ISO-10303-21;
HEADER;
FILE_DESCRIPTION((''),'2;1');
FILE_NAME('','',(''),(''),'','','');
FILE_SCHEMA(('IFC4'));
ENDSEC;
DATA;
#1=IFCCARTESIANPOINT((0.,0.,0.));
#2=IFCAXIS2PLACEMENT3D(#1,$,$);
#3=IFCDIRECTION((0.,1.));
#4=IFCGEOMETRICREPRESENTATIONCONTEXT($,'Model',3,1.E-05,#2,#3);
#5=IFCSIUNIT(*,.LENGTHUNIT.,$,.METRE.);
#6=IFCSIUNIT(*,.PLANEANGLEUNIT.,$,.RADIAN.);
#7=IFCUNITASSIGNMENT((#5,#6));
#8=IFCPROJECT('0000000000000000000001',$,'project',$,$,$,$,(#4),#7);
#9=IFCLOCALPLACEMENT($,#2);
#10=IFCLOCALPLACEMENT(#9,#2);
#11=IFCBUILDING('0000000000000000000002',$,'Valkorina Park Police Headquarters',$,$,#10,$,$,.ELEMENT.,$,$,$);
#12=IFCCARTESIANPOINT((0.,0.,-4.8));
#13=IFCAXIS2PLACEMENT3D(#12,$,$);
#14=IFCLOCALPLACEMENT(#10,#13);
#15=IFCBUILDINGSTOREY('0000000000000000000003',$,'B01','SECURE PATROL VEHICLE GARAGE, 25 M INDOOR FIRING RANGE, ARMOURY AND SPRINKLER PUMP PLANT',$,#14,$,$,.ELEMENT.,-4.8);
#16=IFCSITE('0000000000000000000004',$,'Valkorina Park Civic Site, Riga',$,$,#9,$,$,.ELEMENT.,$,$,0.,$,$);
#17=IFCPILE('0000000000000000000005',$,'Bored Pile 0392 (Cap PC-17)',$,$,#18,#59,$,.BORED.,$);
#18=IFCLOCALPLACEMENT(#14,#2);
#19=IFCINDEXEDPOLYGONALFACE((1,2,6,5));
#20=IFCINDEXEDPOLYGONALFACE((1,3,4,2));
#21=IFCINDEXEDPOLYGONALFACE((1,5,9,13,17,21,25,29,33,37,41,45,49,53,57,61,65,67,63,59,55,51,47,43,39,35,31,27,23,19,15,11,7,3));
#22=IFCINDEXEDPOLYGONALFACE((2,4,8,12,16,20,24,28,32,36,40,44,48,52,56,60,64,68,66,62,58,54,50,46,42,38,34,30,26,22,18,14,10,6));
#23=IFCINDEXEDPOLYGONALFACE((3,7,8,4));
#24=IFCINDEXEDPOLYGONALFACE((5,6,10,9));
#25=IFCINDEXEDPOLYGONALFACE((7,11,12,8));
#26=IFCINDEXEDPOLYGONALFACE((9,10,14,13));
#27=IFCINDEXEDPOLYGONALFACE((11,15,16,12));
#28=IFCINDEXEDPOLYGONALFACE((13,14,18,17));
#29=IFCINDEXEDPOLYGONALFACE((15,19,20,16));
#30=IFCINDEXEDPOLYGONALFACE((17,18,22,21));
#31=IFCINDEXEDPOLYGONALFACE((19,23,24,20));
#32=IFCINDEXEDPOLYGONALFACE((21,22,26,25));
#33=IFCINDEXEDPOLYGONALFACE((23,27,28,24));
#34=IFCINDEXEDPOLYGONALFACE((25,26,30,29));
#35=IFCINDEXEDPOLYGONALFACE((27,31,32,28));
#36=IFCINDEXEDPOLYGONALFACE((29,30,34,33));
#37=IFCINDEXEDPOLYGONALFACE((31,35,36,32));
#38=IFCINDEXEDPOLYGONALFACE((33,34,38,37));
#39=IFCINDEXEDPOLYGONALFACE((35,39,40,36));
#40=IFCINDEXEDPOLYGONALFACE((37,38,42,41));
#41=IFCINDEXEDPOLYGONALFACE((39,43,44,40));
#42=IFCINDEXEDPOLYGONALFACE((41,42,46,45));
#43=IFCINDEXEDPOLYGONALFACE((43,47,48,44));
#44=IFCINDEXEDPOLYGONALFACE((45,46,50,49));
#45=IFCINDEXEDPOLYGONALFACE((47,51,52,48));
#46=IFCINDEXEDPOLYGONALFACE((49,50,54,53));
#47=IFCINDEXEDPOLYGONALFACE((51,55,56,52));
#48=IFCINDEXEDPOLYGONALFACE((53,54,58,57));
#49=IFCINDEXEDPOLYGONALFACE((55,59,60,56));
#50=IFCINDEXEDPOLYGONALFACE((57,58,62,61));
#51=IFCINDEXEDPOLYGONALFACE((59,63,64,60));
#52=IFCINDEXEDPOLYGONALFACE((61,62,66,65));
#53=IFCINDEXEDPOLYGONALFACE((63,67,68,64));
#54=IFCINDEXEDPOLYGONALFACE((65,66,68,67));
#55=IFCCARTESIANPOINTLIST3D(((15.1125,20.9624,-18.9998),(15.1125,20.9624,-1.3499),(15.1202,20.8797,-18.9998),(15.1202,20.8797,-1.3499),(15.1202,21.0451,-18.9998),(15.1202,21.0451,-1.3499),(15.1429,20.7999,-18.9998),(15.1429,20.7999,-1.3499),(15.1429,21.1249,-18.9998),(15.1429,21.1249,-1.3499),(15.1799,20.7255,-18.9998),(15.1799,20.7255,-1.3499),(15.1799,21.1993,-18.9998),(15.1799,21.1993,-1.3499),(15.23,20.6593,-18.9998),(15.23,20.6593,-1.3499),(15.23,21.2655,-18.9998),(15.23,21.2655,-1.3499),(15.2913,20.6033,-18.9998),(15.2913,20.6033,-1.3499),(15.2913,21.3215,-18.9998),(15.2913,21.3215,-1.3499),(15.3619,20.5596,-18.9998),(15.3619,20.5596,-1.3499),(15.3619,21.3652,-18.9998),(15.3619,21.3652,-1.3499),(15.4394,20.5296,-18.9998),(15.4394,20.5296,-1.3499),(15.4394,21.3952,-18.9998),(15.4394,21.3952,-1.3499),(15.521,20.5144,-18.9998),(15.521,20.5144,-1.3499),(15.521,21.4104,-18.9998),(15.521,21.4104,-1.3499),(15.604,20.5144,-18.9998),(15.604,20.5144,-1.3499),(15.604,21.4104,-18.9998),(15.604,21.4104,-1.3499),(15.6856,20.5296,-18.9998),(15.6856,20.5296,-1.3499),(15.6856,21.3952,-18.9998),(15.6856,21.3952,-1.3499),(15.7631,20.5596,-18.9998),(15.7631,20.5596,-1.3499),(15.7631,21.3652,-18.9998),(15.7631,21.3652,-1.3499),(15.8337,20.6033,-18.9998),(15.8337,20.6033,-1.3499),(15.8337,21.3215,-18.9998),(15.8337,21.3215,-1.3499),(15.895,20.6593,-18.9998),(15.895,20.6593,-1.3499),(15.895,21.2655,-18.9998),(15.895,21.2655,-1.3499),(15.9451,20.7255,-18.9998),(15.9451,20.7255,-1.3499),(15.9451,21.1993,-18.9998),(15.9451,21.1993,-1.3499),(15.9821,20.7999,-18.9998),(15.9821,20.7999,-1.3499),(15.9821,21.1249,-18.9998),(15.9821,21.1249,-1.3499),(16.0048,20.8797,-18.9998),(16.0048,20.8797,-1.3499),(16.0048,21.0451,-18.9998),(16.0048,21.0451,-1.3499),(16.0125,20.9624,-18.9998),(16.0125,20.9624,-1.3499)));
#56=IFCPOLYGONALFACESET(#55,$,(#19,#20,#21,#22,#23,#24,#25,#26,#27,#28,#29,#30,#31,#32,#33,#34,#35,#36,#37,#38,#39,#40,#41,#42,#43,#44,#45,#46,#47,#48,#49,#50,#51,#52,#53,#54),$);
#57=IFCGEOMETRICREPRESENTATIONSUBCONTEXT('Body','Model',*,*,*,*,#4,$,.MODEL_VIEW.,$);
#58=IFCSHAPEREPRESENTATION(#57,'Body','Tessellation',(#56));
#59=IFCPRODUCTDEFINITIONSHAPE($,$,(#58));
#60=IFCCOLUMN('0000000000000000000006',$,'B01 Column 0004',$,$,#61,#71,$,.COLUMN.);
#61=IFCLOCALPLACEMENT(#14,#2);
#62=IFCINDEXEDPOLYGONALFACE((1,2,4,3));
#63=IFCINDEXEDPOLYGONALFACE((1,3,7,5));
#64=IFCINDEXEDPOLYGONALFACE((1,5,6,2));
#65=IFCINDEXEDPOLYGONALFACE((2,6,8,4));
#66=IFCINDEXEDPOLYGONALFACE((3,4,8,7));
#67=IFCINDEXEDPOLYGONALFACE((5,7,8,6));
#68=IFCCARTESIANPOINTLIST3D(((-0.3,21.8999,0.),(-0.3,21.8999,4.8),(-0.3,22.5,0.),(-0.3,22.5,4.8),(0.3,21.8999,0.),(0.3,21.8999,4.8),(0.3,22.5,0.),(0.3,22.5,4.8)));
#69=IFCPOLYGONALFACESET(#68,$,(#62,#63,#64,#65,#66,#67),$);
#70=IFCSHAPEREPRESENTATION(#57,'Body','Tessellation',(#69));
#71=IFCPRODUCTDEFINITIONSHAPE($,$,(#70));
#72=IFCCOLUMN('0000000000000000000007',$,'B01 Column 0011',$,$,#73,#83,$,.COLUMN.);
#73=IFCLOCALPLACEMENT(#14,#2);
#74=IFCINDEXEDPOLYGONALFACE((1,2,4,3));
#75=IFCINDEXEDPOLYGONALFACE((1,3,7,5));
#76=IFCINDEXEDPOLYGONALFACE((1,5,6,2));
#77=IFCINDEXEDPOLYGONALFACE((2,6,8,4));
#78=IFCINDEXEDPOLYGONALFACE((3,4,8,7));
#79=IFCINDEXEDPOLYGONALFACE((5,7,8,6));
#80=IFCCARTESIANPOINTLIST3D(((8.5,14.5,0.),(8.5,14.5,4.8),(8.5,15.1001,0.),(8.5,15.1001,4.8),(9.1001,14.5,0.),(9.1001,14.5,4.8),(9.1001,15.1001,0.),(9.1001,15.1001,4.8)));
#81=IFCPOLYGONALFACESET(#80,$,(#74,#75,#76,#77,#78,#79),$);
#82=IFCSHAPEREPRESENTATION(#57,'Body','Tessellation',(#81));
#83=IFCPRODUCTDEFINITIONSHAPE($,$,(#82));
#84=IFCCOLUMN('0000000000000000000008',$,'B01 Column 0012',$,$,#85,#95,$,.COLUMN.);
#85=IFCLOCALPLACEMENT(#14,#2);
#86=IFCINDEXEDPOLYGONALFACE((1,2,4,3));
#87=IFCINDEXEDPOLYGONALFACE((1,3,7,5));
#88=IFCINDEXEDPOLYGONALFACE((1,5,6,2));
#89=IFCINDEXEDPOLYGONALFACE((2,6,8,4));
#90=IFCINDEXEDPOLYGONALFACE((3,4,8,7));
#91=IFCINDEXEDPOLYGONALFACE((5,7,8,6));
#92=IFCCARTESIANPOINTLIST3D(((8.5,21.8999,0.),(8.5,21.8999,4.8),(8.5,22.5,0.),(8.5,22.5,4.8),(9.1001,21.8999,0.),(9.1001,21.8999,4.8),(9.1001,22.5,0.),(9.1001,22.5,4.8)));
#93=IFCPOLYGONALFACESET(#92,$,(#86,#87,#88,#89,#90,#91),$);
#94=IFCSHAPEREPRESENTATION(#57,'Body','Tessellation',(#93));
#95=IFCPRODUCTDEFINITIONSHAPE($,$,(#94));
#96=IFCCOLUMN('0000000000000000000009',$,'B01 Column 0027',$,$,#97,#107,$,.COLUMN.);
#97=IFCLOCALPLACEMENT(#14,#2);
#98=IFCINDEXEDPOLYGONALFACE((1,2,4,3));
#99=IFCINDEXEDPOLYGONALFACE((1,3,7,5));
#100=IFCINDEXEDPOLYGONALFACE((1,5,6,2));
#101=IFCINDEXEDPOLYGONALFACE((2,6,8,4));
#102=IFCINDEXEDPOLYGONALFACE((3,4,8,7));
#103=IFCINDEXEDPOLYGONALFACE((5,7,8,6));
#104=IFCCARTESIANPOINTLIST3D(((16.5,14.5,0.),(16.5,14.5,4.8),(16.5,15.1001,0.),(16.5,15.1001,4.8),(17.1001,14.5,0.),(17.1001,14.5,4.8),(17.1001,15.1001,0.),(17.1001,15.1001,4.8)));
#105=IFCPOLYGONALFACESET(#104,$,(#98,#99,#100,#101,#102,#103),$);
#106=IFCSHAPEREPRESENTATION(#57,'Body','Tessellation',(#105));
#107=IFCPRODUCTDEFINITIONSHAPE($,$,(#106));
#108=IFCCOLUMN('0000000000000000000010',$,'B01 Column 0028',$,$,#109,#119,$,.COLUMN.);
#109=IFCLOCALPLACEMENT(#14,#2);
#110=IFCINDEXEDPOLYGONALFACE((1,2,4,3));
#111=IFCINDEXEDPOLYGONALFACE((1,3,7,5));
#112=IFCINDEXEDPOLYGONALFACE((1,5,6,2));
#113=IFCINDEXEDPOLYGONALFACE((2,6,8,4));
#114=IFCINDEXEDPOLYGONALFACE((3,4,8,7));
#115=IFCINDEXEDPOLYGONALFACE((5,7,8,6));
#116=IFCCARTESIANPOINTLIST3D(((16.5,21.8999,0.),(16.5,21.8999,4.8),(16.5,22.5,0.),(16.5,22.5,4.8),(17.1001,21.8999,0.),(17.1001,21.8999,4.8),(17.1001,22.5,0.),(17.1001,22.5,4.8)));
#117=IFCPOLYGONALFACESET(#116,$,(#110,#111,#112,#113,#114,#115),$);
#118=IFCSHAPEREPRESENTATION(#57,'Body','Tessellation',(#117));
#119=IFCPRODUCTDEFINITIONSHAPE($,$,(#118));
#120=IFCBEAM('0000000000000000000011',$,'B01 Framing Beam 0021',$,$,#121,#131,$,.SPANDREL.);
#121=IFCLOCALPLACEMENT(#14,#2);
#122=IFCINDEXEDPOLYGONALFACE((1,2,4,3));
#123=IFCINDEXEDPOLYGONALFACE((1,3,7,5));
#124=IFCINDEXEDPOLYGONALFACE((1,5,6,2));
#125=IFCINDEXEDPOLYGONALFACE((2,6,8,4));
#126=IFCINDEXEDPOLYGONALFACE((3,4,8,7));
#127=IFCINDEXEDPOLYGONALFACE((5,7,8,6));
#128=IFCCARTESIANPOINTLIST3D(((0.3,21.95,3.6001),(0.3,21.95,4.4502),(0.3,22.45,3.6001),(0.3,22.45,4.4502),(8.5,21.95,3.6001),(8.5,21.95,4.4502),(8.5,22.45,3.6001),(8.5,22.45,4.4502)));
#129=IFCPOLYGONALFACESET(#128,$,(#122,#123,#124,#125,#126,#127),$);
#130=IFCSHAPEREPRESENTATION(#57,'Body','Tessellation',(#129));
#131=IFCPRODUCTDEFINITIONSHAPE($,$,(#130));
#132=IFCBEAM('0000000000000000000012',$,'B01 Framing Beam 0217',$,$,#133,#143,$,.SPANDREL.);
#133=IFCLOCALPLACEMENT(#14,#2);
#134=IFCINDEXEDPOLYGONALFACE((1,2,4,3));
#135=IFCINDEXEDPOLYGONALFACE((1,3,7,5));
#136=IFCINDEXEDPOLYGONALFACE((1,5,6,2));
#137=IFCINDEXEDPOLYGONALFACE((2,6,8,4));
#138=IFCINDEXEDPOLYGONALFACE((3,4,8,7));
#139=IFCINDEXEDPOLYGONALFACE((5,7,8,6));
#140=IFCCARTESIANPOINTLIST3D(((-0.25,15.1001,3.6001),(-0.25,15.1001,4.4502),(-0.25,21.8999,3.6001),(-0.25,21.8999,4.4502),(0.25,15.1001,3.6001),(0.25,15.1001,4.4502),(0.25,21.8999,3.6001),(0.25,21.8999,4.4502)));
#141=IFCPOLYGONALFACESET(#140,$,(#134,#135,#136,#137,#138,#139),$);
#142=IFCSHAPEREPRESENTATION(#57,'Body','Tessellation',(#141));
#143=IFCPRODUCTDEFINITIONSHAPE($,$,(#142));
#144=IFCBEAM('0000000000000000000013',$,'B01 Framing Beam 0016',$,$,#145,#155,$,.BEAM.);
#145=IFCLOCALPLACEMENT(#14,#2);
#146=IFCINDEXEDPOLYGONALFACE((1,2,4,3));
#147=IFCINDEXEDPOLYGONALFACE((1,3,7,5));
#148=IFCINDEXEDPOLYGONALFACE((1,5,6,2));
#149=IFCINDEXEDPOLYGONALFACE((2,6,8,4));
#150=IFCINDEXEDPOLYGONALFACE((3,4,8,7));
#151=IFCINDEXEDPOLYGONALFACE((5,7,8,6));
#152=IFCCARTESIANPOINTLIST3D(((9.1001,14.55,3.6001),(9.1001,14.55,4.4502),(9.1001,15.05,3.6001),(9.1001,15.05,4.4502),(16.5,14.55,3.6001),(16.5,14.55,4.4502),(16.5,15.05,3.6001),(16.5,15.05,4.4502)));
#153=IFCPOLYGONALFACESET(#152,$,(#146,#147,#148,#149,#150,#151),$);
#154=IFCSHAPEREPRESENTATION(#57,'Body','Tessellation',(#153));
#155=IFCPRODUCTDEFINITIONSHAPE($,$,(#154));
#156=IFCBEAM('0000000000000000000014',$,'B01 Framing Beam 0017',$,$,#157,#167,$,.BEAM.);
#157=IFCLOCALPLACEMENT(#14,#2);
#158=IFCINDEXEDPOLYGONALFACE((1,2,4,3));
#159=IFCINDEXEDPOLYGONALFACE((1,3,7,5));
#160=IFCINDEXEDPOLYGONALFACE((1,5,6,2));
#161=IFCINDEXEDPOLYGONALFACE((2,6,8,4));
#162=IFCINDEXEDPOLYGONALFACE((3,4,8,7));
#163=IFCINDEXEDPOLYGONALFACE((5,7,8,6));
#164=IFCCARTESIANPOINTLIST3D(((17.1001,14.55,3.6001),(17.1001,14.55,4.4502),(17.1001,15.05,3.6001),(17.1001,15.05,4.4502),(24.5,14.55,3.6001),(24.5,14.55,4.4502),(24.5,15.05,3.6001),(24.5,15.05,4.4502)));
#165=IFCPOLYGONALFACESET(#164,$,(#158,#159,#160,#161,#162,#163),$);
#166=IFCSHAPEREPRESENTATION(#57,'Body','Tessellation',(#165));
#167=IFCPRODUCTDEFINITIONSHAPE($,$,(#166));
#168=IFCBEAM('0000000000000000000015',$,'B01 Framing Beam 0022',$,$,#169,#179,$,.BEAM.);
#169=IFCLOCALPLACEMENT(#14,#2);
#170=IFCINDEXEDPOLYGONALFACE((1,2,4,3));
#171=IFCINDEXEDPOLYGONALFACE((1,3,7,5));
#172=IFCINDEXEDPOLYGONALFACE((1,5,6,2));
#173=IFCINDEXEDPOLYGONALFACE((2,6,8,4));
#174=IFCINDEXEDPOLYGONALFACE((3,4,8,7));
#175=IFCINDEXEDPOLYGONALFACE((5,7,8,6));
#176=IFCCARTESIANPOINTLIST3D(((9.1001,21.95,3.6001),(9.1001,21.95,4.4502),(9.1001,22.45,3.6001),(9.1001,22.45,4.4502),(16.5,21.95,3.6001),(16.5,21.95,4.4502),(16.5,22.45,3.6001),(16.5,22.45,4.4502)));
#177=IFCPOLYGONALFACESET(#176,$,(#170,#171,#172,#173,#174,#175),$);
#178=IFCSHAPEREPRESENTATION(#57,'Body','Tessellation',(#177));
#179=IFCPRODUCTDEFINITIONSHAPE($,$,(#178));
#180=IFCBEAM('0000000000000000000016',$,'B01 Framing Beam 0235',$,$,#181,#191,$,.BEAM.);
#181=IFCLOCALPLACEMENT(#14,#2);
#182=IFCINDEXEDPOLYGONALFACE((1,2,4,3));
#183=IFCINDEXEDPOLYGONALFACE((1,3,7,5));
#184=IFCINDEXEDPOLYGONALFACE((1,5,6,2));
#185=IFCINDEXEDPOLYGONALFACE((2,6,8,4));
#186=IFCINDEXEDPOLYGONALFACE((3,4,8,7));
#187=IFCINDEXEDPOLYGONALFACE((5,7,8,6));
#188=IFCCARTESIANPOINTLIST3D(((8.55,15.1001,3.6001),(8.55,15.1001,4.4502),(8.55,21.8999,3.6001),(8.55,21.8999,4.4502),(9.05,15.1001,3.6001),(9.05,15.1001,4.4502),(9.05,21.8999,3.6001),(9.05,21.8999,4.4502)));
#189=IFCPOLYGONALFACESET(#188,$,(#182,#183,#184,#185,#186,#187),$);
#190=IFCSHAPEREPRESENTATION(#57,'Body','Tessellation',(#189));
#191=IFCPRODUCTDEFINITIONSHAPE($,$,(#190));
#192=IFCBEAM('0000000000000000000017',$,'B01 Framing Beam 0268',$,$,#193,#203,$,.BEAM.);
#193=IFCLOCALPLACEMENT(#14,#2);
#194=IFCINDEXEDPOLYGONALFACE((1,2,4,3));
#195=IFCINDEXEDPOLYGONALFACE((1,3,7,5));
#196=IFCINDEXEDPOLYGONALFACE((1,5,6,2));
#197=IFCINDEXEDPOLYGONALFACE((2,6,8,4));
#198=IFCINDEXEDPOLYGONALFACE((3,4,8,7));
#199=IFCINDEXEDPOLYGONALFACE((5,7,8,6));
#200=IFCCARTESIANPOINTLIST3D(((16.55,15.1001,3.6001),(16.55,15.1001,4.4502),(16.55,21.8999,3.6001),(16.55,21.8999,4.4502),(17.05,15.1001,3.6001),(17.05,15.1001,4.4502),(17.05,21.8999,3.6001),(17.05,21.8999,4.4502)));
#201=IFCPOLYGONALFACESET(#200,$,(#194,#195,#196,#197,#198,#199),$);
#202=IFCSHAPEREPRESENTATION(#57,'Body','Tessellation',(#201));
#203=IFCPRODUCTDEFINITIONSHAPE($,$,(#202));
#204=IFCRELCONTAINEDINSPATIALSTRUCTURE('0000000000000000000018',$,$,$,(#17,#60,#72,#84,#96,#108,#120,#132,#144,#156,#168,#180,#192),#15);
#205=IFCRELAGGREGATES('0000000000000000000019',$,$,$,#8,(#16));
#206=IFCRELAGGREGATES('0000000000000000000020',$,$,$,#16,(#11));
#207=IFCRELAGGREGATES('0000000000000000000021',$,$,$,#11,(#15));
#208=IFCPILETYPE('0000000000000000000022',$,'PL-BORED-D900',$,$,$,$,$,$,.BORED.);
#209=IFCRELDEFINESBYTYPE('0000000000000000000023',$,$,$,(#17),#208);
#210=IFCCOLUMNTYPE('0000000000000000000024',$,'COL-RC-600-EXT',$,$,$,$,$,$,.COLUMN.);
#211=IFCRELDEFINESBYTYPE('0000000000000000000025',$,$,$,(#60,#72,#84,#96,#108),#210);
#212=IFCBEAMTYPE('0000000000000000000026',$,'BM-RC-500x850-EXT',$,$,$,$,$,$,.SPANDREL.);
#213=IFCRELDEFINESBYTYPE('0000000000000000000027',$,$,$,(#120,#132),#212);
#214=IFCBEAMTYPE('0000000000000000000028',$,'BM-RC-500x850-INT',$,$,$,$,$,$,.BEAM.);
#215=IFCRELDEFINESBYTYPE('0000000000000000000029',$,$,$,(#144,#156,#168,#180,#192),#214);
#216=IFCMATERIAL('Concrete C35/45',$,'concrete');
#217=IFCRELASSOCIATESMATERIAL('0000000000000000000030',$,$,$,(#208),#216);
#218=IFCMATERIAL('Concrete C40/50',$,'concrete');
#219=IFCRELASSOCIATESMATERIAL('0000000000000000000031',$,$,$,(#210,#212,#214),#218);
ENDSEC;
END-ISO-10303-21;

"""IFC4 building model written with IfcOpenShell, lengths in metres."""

from ifc_helpers import new_model, si_unit, direction, frame, origin, origin_2d, place, context, subcontext, project, spatial, rectangle, circle, extrude, material, material_profile, profile_set, type_object, element, save


model = new_model("IFC4")

# Units and contexts
model_context = context("Model", 3, precision=1e-05, world=origin(), true_north=direction((0.0, 1.0)))
body_context = subcontext(model_context, "Body", "Model", "MODEL_VIEW")
ifc_project = project(units=[si_unit("LENGTHUNIT", "METRE"), si_unit("PLANEANGLEUNIT", "RADIAN")], contexts=[model_context])

# Site, building, storey
site_placement = place(None, origin())
site = spatial("IfcSite", under=ifc_project, at=site_placement, Name="Valkorina Park Civic Site, Riga", CompositionType="ELEMENT", RefElevation=0.0)
building_placement = place(site_placement, origin())
building = spatial("IfcBuilding", under=site, at=building_placement, Name="Valkorina Park Police Headquarters", CompositionType="ELEMENT")
storey_placement = place(building_placement, frame((0.0, 0.0, -4.8)))
storey = spatial("IfcBuildingStorey", under=building, at=storey_placement, Name="B01", Description="SECURE PATROL VEHICLE GARAGE, 25 M INDOOR FIRING RANGE, ARMOURY AND SPRINKLER PUMP PLANT", CompositionType="ELEMENT", Elevation=-4.8)

# Shared definitions
ifc_material_1 = material(Name="Concrete C40/50", Category="concrete")

# Pile
ifc_material_2 = material(Name="Concrete C35/45", Category="concrete")
ifc_material_profile_1 = material_profile(ifc_material_2, circle(Radius=0.45, at=origin_2d()), Name="BORED PILE D900")
ifc_profile_set_1 = profile_set([ifc_material_profile_1], Name="Concrete C35/45")
pile_type_1 = type_object("IfcPileType", Name="PL-BORED-D900", PredefinedType="BORED", material=ifc_profile_set_1)
for number, where, z_axis, x_axis, name in (
    (1, (15.5625, 20.9624, -1.3499), (0.0, 0.0, -1.0), (1.0, 0.0, 0.0), "Bored Pile 0392 (Cap PC-17)"),
):
    element("IfcPile", number, at=place(storey_placement, frame(where, z_axis=z_axis, x_axis=x_axis)), inside=storey, type_object=pile_type_1, Name=name, PredefinedType="BORED", context=body_context, shape_type="SweptSolid", body=[
        extrude(circle(Radius=0.45, at=origin_2d()), origin(), (0.0, 0.0, 1.0), 17.6499),
    ])

# Columns
ifc_material_profile_2 = material_profile(ifc_material_1, rectangle(XDim=0.6001, YDim=0.6001, at=origin_2d()), Name="RC COL 600x600")
ifc_profile_set_2 = profile_set([ifc_material_profile_2], Name="Concrete C40/50")
column_type = type_object("IfcColumnType", Name="COL-RC-600-EXT", PredefinedType="COLUMN", material=ifc_profile_set_2)
for number, where, z_axis, x_axis, name in (
    (2, (0.0, 22.2, 0.0), (0.0, 0.0, 1.0), (1.0, 0.0, 0.0), "B01 Column 0004"),
    (3, (8.8, 14.8, 0.0), (0.0, 0.0, 1.0), (1.0, 0.0, 0.0), "B01 Column 0011"),
    (4, (8.8, 22.2, 0.0), (0.0, 0.0, 1.0), (1.0, 0.0, 0.0), "B01 Column 0012"),
    (5, (16.8, 14.8, 0.0), (0.0, 0.0, 1.0), (1.0, 0.0, 0.0), "B01 Column 0027"),
    (6, (16.8, 22.2, 0.0), (0.0, 0.0, 1.0), (1.0, 0.0, 0.0), "B01 Column 0028"),
):
    element("IfcColumn", number, at=place(storey_placement, frame(where, z_axis=z_axis, x_axis=x_axis)), inside=storey, type_object=column_type, Name=name, PredefinedType="COLUMN", context=body_context, shape_type="SweptSolid", body=[
        extrude(rectangle(XDim=0.6001, YDim=0.6001, at=origin_2d()), origin(), (0.0, 0.0, 1.0), 4.8),
    ])

# Beams
ifc_material_profile_3 = material_profile(ifc_material_1, rectangle(XDim=0.5, YDim=0.8501, at=origin_2d()), Name="RC BEAM 500x850")
ifc_profile_set_3 = profile_set([ifc_material_profile_3], Name="Concrete C40/50")
beam_type_1 = type_object("IfcBeamType", Name="BM-RC-500x850-EXT", PredefinedType="SPANDREL", material=ifc_profile_set_3)
beam_1_placement = place(storey_placement, frame((0.3, 22.2, 4.0251), z_axis=(1.0, 0.0, 0.0), x_axis=(0.0, 1.0, 0.0)))
element("IfcBeam", 7, at=beam_1_placement, inside=storey, type_object=beam_type_1, Name="B01 Framing Beam 0021", PredefinedType="SPANDREL", context=body_context, shape_type="SweptSolid", body=[
    extrude(rectangle(XDim=0.5, YDim=0.8501, at=origin_2d()), origin(), (0.0, 0.0, 1.0), 8.2),
])
beam_2_placement = place(storey_placement, frame((0.0, 15.1001, 4.0251), z_axis=(0.0, 1.0, 0.0), x_axis=(-1.0, 0.0, 0.0)))
element("IfcBeam", 8, at=beam_2_placement, inside=storey, type_object=beam_type_1, Name="B01 Framing Beam 0217", PredefinedType="SPANDREL", context=body_context, shape_type="SweptSolid", body=[
    extrude(rectangle(XDim=0.5, YDim=0.8501, at=origin_2d()), origin(), (0.0, 0.0, 1.0), 6.7998),
])
ifc_material_profile_4 = material_profile(ifc_material_1, rectangle(XDim=0.5, YDim=0.8501, at=origin_2d()), Name="RC BEAM 500x850")
ifc_profile_set_4 = profile_set([ifc_material_profile_4], Name="Concrete C40/50")
beam_type_2 = type_object("IfcBeamType", Name="BM-RC-500x850-INT", PredefinedType="BEAM", material=ifc_profile_set_4)
for number, where, z_axis, x_axis, name in (
    (9, (9.1001, 14.8, 4.0251), (1.0, 0.0, 0.0), (0.0, 1.0, 0.0), "B01 Framing Beam 0016"),
    (10, (17.1001, 14.8, 4.0251), (1.0, 0.0, 0.0), (0.0, 1.0, 0.0), "B01 Framing Beam 0017"),
    (11, (9.1001, 22.2, 4.0251), (1.0, 0.0, 0.0), (0.0, 1.0, 0.0), "B01 Framing Beam 0022"),
):
    element("IfcBeam", number, at=place(storey_placement, frame(where, z_axis=z_axis, x_axis=x_axis)), inside=storey, type_object=beam_type_2, Name=name, PredefinedType="BEAM", context=body_context, shape_type="SweptSolid", body=[
        extrude(rectangle(XDim=0.5, YDim=0.8501, at=origin_2d()), origin(), (0.0, 0.0, 1.0), 7.3999),
    ])
for number, where, z_axis, x_axis, name in (
    (12, (8.8, 15.1001, 4.0251), (0.0, 1.0, 0.0), (-1.0, 0.0, 0.0), "B01 Framing Beam 0235"),
    (13, (16.8, 15.1001, 4.0251), (0.0, 1.0, 0.0), (-1.0, 0.0, 0.0), "B01 Framing Beam 0268"),
):
    element("IfcBeam", number, at=place(storey_placement, frame(where, z_axis=z_axis, x_axis=x_axis)), inside=storey, type_object=beam_type_2, Name=name, PredefinedType="BEAM", context=body_context, shape_type="SweptSolid", body=[
        extrude(rectangle(XDim=0.5, YDim=0.8501, at=origin_2d()), origin(), (0.0, 0.0, 1.0), 6.7998),
    ])

save(model, "model.ifc")
